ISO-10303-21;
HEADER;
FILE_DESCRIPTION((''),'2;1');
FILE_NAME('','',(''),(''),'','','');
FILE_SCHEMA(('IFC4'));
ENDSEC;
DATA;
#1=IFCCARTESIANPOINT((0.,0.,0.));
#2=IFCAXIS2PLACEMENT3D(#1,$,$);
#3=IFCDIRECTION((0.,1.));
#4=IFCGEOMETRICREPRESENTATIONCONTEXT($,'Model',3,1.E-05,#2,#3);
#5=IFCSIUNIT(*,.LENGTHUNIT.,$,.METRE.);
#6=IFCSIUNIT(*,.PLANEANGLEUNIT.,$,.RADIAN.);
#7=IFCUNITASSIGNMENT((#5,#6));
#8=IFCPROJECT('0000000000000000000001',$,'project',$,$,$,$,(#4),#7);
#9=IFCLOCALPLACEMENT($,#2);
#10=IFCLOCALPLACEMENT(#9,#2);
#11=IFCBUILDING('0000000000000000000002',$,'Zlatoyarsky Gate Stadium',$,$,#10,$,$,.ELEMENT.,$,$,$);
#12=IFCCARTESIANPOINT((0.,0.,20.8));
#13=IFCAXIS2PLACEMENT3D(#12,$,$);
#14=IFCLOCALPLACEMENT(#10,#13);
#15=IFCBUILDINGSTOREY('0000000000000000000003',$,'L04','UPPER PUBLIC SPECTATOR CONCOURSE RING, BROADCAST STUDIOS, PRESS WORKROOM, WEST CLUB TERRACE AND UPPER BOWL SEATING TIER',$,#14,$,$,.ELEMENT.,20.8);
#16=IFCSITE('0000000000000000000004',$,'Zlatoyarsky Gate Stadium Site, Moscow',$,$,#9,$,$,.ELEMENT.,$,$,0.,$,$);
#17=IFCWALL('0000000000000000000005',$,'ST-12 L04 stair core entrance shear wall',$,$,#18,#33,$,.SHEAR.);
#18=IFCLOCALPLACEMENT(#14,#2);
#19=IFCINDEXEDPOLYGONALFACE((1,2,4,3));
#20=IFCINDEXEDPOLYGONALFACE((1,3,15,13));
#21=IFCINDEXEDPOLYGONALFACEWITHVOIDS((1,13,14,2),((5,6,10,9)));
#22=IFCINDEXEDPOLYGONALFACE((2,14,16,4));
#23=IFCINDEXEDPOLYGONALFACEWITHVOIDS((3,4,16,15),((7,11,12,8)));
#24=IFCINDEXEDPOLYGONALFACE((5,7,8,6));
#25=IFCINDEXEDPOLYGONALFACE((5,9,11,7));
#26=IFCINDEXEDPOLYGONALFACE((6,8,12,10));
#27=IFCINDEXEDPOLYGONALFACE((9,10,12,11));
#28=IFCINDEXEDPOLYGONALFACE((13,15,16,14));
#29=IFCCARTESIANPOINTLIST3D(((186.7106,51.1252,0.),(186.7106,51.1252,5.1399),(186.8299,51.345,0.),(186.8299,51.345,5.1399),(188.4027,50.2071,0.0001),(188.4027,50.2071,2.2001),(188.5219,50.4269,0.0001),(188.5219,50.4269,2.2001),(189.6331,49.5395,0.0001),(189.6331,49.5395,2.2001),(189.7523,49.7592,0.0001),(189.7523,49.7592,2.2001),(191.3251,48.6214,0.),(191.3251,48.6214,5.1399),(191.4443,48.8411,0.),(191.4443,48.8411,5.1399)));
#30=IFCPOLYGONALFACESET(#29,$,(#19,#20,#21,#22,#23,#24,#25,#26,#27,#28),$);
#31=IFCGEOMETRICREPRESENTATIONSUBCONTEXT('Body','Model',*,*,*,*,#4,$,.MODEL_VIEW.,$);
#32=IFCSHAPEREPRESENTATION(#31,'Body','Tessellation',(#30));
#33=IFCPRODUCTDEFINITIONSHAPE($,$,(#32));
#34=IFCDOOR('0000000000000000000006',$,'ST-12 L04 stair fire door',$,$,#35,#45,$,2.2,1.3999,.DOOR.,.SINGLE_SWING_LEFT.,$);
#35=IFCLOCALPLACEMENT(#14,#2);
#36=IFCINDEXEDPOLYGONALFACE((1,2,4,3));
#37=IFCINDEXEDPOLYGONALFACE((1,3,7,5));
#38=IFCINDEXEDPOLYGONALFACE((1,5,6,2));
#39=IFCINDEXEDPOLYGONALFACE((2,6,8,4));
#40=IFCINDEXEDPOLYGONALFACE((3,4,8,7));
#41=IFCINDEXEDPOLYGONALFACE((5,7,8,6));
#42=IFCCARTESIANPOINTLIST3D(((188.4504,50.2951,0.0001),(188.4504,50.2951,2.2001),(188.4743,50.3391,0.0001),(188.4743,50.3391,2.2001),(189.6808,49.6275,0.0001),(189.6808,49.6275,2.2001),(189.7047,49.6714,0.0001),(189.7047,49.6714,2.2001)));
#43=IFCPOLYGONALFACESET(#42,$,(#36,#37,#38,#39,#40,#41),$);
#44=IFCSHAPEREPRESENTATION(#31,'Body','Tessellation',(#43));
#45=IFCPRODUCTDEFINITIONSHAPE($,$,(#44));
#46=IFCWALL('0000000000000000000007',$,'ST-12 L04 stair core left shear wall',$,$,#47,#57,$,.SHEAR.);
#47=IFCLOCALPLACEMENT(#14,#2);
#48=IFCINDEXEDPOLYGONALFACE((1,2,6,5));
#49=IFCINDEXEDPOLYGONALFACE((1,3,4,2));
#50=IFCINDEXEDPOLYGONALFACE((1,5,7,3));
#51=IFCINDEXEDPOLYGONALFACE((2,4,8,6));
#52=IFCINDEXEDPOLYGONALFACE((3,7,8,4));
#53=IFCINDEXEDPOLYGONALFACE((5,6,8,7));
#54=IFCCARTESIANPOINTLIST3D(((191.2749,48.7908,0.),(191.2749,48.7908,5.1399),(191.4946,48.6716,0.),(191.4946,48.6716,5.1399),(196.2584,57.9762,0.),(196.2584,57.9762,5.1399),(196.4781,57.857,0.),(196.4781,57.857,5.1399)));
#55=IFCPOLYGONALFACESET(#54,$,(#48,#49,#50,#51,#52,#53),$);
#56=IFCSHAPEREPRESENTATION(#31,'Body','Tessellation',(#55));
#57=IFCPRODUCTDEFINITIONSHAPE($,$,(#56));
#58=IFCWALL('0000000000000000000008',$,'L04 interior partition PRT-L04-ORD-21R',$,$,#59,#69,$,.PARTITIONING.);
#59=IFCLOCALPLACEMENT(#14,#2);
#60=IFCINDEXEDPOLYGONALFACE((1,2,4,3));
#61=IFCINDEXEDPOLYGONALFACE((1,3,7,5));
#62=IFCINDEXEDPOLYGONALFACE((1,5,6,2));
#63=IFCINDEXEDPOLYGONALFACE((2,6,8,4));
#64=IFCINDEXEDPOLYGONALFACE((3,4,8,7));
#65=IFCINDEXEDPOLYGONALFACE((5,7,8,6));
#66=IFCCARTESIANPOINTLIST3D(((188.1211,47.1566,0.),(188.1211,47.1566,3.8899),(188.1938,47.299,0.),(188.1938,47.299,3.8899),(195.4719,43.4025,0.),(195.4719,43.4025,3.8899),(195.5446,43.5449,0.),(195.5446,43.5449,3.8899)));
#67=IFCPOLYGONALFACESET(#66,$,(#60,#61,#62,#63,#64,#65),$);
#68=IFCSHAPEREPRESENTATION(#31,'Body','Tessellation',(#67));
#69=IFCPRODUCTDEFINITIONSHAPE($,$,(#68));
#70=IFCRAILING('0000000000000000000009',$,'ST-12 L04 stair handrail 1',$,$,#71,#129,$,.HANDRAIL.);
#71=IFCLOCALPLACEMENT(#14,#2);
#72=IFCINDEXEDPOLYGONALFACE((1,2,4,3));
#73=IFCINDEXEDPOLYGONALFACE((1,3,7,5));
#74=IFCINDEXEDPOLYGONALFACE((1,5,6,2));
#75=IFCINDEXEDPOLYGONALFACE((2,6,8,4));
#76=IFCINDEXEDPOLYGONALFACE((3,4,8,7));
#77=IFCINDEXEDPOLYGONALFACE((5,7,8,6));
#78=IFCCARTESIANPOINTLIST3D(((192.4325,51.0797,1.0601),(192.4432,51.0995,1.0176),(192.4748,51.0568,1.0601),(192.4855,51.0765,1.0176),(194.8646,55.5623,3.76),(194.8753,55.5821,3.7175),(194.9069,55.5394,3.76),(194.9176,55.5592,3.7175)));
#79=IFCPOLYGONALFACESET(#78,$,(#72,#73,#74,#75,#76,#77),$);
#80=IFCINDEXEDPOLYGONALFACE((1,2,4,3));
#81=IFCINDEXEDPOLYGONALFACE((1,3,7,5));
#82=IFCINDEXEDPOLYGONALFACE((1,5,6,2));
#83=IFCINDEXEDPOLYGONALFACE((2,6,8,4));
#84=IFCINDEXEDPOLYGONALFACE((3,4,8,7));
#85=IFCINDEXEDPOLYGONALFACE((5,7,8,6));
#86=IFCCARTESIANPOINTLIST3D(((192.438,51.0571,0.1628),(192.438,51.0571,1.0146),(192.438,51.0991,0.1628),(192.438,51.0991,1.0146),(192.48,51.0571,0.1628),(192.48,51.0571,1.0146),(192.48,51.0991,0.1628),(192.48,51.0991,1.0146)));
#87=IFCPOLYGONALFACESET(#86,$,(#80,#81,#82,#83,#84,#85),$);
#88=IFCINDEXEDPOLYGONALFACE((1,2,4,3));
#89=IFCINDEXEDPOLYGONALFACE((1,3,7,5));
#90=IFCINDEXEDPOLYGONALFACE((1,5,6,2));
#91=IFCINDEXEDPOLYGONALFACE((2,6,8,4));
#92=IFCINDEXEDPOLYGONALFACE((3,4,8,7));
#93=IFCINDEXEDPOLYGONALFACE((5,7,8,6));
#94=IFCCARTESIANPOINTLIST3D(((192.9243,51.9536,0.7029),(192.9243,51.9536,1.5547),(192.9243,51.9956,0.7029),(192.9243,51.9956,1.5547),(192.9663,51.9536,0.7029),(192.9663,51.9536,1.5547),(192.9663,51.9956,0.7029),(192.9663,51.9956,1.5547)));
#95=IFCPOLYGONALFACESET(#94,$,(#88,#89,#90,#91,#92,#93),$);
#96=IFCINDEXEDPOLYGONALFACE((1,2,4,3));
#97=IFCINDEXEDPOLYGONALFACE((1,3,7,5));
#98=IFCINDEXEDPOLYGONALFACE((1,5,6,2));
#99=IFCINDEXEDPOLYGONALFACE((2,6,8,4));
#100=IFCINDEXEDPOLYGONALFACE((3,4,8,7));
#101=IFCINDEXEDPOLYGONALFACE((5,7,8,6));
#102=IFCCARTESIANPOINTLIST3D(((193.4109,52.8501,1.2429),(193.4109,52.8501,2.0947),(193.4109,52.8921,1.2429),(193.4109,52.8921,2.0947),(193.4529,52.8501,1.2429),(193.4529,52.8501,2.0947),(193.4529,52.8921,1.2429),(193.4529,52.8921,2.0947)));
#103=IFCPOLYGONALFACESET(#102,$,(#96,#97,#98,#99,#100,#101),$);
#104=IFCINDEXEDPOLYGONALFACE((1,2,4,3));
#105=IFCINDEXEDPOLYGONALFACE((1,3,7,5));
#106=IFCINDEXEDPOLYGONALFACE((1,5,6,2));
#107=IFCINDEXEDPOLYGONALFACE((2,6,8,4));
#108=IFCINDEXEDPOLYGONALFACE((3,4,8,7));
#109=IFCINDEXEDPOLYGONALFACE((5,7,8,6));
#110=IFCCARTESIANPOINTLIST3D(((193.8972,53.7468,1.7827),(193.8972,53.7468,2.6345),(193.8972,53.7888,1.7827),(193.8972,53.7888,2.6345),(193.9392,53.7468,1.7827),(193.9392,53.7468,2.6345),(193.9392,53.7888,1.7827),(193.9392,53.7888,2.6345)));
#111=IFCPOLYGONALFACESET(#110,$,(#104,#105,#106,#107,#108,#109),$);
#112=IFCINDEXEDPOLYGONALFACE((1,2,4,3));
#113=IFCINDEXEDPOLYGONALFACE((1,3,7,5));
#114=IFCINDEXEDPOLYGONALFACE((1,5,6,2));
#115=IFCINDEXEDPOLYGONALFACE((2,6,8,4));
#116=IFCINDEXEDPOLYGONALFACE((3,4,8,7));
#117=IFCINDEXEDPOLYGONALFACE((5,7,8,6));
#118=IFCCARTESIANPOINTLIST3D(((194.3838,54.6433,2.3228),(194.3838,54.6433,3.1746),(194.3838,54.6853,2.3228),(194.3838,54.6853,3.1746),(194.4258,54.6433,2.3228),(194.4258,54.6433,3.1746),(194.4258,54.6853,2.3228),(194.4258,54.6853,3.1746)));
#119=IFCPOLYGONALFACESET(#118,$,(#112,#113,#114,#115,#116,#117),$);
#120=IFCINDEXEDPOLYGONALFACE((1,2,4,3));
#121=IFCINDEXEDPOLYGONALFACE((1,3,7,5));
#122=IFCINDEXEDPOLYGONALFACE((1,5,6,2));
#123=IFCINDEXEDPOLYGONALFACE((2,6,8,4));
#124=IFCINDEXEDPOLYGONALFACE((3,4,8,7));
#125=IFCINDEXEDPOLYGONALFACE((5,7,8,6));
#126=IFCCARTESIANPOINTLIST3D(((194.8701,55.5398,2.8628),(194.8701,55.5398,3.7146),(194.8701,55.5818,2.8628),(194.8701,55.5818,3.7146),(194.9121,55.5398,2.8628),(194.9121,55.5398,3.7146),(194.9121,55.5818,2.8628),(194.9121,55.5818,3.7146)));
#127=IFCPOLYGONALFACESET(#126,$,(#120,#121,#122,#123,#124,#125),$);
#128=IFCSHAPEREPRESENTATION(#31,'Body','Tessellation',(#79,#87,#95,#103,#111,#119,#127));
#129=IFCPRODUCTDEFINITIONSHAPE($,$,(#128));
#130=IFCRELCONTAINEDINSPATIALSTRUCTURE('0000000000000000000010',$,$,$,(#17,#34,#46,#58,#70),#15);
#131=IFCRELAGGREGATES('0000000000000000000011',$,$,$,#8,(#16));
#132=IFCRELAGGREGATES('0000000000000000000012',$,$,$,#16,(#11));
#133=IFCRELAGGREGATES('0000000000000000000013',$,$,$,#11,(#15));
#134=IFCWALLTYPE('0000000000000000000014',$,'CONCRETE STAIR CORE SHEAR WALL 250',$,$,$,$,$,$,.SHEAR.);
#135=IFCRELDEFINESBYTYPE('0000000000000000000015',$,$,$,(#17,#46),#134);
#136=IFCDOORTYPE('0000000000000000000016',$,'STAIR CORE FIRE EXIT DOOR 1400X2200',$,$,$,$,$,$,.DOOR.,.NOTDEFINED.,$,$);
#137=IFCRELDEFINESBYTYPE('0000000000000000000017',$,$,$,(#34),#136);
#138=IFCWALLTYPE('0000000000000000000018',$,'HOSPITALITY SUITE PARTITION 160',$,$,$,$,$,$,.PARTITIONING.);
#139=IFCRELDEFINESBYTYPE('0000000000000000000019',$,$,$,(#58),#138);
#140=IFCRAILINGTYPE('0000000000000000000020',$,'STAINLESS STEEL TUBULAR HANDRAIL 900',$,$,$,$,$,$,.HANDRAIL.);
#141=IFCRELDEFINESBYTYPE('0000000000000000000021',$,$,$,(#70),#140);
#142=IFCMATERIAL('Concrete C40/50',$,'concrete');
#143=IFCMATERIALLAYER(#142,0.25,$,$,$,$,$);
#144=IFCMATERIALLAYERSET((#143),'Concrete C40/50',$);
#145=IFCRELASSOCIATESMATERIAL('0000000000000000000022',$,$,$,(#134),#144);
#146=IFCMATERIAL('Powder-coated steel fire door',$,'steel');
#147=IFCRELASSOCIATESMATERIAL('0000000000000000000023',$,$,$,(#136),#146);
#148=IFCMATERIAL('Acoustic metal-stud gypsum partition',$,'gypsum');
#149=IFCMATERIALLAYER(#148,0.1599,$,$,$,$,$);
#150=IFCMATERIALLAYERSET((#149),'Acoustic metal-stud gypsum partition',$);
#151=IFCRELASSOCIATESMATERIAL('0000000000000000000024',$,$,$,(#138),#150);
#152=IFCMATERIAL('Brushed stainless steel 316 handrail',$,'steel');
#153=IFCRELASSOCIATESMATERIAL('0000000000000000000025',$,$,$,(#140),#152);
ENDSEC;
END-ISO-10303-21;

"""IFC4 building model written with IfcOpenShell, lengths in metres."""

from ifc_helpers import new_model, si_unit, direction, frame, frame_2d, origin, origin_2d, place, context, subcontext, project, spatial, rectangle, extrude, material, layer, layer_set, type_object, element, fill, save


model = new_model("IFC4")

# Units and contexts
model_context = context("Model", 3, precision=1e-05, world=origin(), true_north=direction((0.0, 1.0)))
body_context = subcontext(model_context, "Body", "Model", "MODEL_VIEW")
ifc_project = project(units=[si_unit("LENGTHUNIT", "METRE"), si_unit("PLANEANGLEUNIT", "RADIAN")], contexts=[model_context])

# Site, building, storey
site_placement = place(None, origin())
site = spatial("IfcSite", under=ifc_project, at=site_placement, Name="Zlatoyarsky Gate Stadium Site, Moscow", CompositionType="ELEMENT", RefElevation=0.0)
building_placement = place(site_placement, origin())
building = spatial("IfcBuilding", under=site, at=building_placement, Name="Zlatoyarsky Gate Stadium", CompositionType="ELEMENT")
storey_placement = place(building_placement, frame((0.0, 0.0, 20.8)))
storey = spatial("IfcBuildingStorey", under=building, at=storey_placement, Name="L04", Description="UPPER PUBLIC SPECTATOR CONCOURSE RING, BROADCAST STUDIOS, PRESS WORKROOM, WEST CLUB TERRACE AND UPPER BOWL SEATING TIER", CompositionType="ELEMENT", Elevation=20.8)

# Shared definitions
ifc_material_1 = material(Name="Concrete C40/50", Category="concrete")

# Wall, opening, door
ifc_layer_1 = layer(ifc_material_1, 0.25)
ifc_layer_set_1 = layer_set([ifc_layer_1], Name="Concrete C40/50")
wall_type_1 = type_object("IfcWallType", Name="CONCRETE STAIR CORE SHEAR WALL 250", PredefinedType="SHEAR", material=ifc_layer_set_1)
wall_1_placement = place(storey_placement, frame((186.7703, 51.2351, 0.0), z_axis=(0.0, 0.0, 1.0), x_axis=(0.878942, -0.476929, 0.0)))
wall_1 = element("IfcWall", 1, at=wall_1_placement, inside=storey, type_object=wall_type_1, Name="ST-12 L04 stair core entrance shear wall", PredefinedType="SHEAR", context=body_context, shape_type="SweptSolid", body=[
    extrude(rectangle(XDim=5.25, YDim=0.25, at=frame_2d((2.625, 0.0))), origin(), (0.0, 0.0, 1.0), 5.1399),
])
opening_placement = place(wall_1_placement, frame((1.925, 0.0, 0.0)))
opening = element("IfcOpeningElement", 2, at=opening_placement, cuts=wall_1, PredefinedType="OPENING", context=body_context, shape_type="SweptSolid", body=[
    extrude(rectangle(XDim=1.3999, YDim=2.2, at=frame_2d((0.7, 1.1001))), frame((0.0, 0.135, 0.0), z_axis=(0.0, -1.0, 0.0), x_axis=(1.0, 0.0, 0.0)), (0.0, 0.0, 1.0), 0.27),
])
ifc_material_2 = material(Name="Powder-coated steel fire door", Category="steel")
door_type = type_object("IfcDoorType", Name="STAIR CORE FIRE EXIT DOOR 1400X2200", OperationType="NOTDEFINED", PredefinedType="DOOR", material=ifc_material_2)
door_placement = place(opening_placement, frame((1.3999, 0.0, 0.0), z_axis=(0.0, 0.0, 1.0), x_axis=(-1.0, 0.0, 0.0)))
door = element("IfcDoor", 3, at=door_placement, inside=storey, type_object=door_type, Name="ST-12 L04 stair fire door", OperationType="SINGLE_SWING_LEFT", OverallHeight=2.2, OverallWidth=1.3999, PredefinedType="DOOR", context=body_context, shape_type="SweptSolid", body=[
    extrude(rectangle(XDim=1.3999, YDim=2.2, at=frame_2d((0.7, 1.1001))), frame((0.0, 0.0249, 0.0), z_axis=(0.0, -1.0, 0.0), x_axis=(1.0, 0.0, 0.0)), (0.0, 0.0, 1.0), 0.05),
])
fill(opening, door)

# Walls
wall_2_placement = place(storey_placement, frame((191.3848, 48.7312, 0.0), z_axis=(0.0, 0.0, 1.0), x_axis=(0.476877, 0.87897, 0.0)))
element("IfcWall", 4, at=wall_2_placement, inside=storey, type_object=wall_type_1, Name="ST-12 L04 stair core left shear wall", PredefinedType="SHEAR", context=body_context, shape_type="SweptSolid", body=[
    extrude(rectangle(XDim=10.4502, YDim=0.25, at=frame_2d((5.2251, 0.0))), origin(), (0.0, 0.0, 1.0), 5.1399),
])
ifc_material_3 = material(Name="Acoustic metal-stud gypsum partition", Category="gypsum")
ifc_layer_2 = layer(ifc_material_3, 0.1599)
ifc_layer_set_2 = layer_set([ifc_layer_2], Name="Acoustic metal-stud gypsum partition")
wall_type_2 = type_object("IfcWallType", Name="HOSPITALITY SUITE PARTITION 160", PredefinedType="PARTITIONING", material=ifc_layer_set_2)
wall_3_placement = place(storey_placement, frame((188.1575, 47.2278, 0.0), z_axis=(0.0, 0.0, 1.0), x_axis=(0.890579, -0.454829, 0.0)))
element("IfcWall", 5, at=wall_3_placement, inside=storey, type_object=wall_type_2, Name="L04 interior partition PRT-L04-ORD-21R", PredefinedType="PARTITIONING", context=body_context, shape_type="SweptSolid", body=[
    extrude(rectangle(XDim=8.2539, YDim=0.1599, at=frame_2d((4.127, 0.0))), origin(), (0.0, 0.0, 1.0), 3.8899),
])

# Railing
ifc_material_4 = material(Name="Brushed stainless steel 316 handrail", Category="steel")
railing_type = type_object("IfcRailingType", Name="STAINLESS STEEL TUBULAR HANDRAIL 900", PredefinedType="HANDRAIL", material=ifc_material_4)
railing_placement = place(storey_placement, frame((192.459, 51.0781, 0.1628)))
element("IfcRailing", 6, at=railing_placement, inside=storey, type_object=railing_type, Name="ST-12 L04 stair handrail 1", PredefinedType="HANDRAIL", context=body_context, shape_type="SweptSolid", body=[
    extrude(rectangle(XDim=0.0481, YDim=0.0481, at=origin_2d()), frame((0.0, 0.0, 0.876), z_axis=(0.421472, 0.776817, 0.467884), x_axis=(-0.878962, 0.476892, 0.0)), (0.0, 0.0, 1.0), 5.7705),
    extrude(rectangle(XDim=0.042, YDim=0.042, at=origin_2d()), origin(), (0.0, 0.0, 1.0), 0.8518),
    extrude(rectangle(XDim=0.042, YDim=0.042, at=origin_2d()), frame((0.4863, 0.8965, 0.54)), (0.0, 0.0, 1.0), 0.8518),
    extrude(rectangle(XDim=0.042, YDim=0.042, at=origin_2d()), frame((0.9729, 1.793, 1.0801)), (0.0, 0.0, 1.0), 0.8518),
    extrude(rectangle(XDim=0.042, YDim=0.042, at=origin_2d()), frame((1.4592, 2.6897, 1.6199)), (0.0, 0.0, 1.0), 0.8518),
    extrude(rectangle(XDim=0.042, YDim=0.042, at=origin_2d()), frame((1.9458, 3.5862, 2.1599)), (0.0, 0.0, 1.0), 0.8518),
    extrude(rectangle(XDim=0.042, YDim=0.042, at=origin_2d()), frame((2.4321, 4.4827, 2.7)), (0.0, 0.0, 1.0), 0.8518),
])

save(model, "model.ifc")
